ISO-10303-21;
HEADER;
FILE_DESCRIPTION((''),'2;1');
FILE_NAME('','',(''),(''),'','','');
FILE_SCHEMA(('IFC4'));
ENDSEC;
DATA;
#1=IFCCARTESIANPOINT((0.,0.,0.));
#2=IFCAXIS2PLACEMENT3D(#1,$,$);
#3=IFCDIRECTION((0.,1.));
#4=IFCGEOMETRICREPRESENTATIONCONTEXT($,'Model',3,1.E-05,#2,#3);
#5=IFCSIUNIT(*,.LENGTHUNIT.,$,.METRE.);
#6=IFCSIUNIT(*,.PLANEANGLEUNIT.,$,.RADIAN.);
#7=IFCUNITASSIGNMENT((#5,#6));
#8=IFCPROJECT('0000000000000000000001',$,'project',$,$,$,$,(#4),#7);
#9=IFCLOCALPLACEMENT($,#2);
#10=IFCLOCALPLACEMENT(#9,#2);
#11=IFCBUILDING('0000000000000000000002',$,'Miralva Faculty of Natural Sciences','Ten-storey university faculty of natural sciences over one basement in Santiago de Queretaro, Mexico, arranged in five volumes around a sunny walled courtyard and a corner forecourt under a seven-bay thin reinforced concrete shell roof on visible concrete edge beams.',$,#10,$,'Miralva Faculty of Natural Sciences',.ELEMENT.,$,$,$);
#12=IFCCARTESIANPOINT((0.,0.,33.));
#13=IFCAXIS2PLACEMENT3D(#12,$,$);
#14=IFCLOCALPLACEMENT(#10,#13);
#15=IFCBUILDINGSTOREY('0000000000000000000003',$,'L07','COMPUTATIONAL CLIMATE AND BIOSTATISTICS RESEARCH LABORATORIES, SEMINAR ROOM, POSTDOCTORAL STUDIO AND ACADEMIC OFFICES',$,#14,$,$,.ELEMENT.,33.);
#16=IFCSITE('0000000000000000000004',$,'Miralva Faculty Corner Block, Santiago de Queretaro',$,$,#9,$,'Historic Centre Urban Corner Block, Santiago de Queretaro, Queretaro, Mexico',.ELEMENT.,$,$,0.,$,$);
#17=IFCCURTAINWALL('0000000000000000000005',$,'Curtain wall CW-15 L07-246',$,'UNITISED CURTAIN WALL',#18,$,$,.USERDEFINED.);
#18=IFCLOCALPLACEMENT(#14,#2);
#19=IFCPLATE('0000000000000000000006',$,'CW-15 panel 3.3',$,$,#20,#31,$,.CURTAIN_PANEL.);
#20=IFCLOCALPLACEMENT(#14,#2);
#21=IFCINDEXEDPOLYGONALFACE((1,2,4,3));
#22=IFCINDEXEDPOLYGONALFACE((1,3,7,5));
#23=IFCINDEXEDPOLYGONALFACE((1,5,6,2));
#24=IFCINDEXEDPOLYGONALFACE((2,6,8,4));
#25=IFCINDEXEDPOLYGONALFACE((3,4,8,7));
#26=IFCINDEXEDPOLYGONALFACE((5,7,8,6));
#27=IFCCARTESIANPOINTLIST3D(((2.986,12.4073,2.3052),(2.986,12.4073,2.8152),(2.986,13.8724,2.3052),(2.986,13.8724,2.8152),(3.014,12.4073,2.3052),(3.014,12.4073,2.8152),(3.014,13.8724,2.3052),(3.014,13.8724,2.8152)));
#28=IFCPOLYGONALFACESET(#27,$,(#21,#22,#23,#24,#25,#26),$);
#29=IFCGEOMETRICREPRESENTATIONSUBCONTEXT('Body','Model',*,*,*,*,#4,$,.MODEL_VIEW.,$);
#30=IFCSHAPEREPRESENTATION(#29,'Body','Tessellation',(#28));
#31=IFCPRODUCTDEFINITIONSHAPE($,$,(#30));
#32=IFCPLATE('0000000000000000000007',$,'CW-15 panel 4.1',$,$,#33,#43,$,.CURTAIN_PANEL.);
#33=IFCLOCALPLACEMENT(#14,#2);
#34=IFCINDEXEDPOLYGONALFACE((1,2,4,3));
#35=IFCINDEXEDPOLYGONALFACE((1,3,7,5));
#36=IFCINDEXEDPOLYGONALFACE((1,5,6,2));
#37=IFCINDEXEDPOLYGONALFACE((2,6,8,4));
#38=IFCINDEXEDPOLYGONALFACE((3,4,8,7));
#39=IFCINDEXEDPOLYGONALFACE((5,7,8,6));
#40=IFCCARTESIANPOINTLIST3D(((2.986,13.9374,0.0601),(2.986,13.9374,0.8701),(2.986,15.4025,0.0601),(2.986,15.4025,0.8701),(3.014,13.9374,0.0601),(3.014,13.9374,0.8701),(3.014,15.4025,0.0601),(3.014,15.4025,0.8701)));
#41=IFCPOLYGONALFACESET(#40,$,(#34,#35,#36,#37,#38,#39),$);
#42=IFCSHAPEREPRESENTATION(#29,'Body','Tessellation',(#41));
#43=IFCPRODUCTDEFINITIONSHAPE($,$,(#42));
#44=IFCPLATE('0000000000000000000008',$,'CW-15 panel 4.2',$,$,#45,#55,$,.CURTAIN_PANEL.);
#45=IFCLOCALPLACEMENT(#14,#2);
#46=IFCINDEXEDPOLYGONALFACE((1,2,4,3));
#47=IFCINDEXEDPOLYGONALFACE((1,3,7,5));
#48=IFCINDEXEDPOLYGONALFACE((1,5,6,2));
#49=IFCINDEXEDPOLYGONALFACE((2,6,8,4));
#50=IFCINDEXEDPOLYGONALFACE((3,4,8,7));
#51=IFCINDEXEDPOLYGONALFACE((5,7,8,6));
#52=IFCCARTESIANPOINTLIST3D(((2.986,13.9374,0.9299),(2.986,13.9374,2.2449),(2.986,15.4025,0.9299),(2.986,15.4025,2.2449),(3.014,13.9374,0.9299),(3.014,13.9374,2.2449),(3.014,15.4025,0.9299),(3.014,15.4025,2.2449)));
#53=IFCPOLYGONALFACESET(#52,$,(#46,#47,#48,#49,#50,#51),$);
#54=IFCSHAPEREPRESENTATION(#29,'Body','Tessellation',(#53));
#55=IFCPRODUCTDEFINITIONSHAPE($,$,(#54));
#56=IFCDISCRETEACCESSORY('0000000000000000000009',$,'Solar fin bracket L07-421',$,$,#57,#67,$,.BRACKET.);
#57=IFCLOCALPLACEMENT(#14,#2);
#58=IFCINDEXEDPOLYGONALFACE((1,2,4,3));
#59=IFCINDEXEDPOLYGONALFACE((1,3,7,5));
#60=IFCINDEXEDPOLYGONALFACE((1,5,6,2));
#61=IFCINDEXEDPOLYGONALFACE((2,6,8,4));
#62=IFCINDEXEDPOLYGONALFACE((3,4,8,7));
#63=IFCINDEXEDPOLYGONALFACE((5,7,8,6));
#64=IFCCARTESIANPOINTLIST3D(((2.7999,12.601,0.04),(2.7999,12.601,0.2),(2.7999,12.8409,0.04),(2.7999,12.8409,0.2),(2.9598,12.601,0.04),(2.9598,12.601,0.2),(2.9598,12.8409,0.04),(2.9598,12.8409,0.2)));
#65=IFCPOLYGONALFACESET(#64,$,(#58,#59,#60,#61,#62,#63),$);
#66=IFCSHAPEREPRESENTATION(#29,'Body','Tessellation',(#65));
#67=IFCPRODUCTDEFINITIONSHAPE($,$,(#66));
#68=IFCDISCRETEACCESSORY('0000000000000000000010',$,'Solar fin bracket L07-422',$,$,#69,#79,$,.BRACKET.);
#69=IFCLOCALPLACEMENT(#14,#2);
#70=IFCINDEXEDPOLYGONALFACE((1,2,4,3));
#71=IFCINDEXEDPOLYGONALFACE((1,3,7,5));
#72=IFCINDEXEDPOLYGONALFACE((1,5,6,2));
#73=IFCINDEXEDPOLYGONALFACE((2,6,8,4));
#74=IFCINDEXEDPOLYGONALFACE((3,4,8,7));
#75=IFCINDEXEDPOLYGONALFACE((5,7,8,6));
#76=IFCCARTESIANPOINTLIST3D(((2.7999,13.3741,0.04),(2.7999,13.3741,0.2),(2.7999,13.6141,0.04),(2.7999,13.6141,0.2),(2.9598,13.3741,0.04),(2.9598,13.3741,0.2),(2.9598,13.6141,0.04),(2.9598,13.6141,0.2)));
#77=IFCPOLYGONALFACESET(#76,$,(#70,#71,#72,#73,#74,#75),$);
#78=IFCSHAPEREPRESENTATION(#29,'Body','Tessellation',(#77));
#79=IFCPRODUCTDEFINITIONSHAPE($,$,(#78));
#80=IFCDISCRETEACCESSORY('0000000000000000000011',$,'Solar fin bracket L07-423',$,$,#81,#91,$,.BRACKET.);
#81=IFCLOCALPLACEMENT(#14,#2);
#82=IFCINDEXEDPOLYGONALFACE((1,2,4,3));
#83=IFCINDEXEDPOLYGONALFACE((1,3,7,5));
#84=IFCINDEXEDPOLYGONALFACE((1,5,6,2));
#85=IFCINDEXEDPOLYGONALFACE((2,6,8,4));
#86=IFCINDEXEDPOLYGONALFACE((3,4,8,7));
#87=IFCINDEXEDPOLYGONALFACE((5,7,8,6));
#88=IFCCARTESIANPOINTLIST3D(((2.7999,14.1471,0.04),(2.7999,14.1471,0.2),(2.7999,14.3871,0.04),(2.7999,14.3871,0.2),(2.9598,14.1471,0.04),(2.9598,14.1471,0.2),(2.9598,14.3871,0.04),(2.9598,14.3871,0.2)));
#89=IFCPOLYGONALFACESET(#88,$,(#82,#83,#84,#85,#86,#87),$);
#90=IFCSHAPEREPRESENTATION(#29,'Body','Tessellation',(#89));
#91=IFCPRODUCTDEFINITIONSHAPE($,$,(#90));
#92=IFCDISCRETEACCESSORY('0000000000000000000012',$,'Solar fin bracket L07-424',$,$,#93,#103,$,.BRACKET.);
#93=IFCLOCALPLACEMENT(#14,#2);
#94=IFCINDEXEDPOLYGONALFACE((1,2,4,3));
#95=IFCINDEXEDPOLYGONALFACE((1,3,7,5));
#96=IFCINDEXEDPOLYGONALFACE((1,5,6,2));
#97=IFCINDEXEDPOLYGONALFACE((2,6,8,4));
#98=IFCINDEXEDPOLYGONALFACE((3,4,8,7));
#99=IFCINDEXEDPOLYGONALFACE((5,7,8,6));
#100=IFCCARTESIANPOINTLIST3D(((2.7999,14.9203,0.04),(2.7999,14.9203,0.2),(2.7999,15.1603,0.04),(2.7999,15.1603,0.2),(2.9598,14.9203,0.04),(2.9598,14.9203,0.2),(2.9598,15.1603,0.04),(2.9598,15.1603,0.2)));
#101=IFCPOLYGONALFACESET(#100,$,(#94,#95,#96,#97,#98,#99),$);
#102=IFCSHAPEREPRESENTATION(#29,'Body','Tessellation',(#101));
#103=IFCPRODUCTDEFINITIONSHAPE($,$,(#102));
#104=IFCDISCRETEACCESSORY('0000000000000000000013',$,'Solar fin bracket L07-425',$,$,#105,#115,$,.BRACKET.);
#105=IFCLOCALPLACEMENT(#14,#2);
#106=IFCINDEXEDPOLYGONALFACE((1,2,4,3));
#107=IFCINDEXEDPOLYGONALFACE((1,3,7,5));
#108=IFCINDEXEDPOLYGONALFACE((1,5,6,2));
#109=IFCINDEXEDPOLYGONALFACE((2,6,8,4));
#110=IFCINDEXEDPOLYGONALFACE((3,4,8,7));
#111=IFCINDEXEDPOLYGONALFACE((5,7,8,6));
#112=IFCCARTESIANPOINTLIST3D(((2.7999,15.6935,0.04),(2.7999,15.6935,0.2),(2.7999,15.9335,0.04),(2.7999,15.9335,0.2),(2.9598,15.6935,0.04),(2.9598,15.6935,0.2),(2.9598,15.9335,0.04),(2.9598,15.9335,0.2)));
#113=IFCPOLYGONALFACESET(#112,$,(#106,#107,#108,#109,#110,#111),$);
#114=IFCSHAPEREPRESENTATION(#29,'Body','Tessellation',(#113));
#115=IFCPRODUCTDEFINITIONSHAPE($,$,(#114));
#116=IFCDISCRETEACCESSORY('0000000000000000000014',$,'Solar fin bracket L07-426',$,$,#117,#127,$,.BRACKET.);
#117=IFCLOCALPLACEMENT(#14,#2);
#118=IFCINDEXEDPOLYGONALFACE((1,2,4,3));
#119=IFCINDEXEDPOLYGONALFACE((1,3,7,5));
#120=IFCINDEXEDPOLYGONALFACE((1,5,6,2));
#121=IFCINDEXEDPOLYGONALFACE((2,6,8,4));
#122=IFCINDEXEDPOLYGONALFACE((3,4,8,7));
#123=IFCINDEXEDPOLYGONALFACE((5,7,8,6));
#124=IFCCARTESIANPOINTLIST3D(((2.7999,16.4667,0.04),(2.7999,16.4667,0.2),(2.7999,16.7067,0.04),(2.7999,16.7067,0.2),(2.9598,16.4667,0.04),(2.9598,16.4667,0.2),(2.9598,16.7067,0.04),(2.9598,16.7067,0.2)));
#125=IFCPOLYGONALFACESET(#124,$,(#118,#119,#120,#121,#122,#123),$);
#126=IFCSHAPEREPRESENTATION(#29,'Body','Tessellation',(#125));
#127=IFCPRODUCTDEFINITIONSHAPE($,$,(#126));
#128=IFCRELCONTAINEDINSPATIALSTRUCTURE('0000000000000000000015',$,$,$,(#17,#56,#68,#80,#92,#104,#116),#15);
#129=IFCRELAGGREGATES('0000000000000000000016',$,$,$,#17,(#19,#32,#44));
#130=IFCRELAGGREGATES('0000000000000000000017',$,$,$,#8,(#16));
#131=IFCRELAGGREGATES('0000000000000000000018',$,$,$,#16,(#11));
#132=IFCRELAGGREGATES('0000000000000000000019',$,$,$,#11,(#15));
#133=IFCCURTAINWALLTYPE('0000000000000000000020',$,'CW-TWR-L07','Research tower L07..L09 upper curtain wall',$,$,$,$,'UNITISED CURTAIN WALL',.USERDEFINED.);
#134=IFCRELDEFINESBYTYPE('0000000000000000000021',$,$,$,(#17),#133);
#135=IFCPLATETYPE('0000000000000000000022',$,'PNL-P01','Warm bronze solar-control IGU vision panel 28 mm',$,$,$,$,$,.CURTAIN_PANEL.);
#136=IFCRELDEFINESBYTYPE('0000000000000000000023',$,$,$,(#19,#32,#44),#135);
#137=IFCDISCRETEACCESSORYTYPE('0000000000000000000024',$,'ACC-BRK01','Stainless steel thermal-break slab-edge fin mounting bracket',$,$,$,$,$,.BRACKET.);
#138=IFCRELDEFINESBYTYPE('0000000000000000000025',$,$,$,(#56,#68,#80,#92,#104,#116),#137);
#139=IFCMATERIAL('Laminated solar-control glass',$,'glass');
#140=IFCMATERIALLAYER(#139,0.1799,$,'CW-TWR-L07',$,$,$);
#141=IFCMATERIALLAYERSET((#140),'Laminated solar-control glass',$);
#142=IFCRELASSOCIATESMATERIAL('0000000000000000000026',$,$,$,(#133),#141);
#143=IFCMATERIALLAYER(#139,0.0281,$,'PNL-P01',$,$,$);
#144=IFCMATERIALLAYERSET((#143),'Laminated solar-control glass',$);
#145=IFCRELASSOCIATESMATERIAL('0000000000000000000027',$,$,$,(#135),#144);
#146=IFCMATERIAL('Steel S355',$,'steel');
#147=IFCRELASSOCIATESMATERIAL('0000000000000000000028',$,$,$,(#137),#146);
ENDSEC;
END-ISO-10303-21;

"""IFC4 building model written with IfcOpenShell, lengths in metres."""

from ifc_helpers import new_model, si_unit, direction, frame, origin, origin_2d, place, context, subcontext, project, spatial, rectangle, extrude, material, layer, layer_set, type_object, element, aggregate, save


model = new_model("IFC4")

# Units and contexts
model_context = context("Model", 3, precision=1e-05, world=origin(), true_north=direction((0.0, 1.0)))
body_context = subcontext(model_context, "Body", "Model", "MODEL_VIEW")
ifc_project = project(units=[si_unit("LENGTHUNIT", "METRE"), si_unit("PLANEANGLEUNIT", "RADIAN")], contexts=[model_context])

# Site, building, storey
site_placement = place(None, origin())
site = spatial("IfcSite", under=ifc_project, at=site_placement, Name="Miralva Faculty Corner Block, Santiago de Queretaro", LongName="Historic Centre Urban Corner Block, Santiago de Queretaro, Queretaro, Mexico", CompositionType="ELEMENT", RefElevation=0.0)
building_placement = place(site_placement, origin())
building = spatial("IfcBuilding", under=site, at=building_placement, Name="Miralva Faculty of Natural Sciences", Description="Ten-storey university faculty of natural sciences over one basement in Santiago de Queretaro, Mexico, arranged in five volumes around a sunny walled courtyard and a corner forecourt under a seven-bay thin reinforced concrete shell roof on visible concrete edge beams.", LongName="Miralva Faculty of Natural Sciences", CompositionType="ELEMENT")
storey_placement = place(building_placement, frame((0.0, 0.0, 33.0)))
storey = spatial("IfcBuildingStorey", under=building, at=storey_placement, Name="L07", Description="COMPUTATIONAL CLIMATE AND BIOSTATISTICS RESEARCH LABORATORIES, SEMINAR ROOM, POSTDOCTORAL STUDIO AND ACADEMIC OFFICES", CompositionType="ELEMENT", Elevation=33.0)

# Curtain wall
ifc_material_1 = material(Name="Laminated solar-control glass", Category="glass")
ifc_layer_1 = layer(ifc_material_1, 0.1799, Name="CW-TWR-L07")
ifc_layer_set_1 = layer_set([ifc_layer_1], Name="Laminated solar-control glass")
curtain_wall_type = type_object("IfcCurtainWallType", Name="CW-TWR-L07", Description="Research tower L07..L09 upper curtain wall", ElementType="UNITISED CURTAIN WALL", PredefinedType="USERDEFINED", material=ifc_layer_set_1)
curtain_wall_placement = place(storey_placement, origin())
curtain_wall = element("IfcCurtainWall", 1, at=curtain_wall_placement, inside=storey, type_object=curtain_wall_type, Name="Curtain wall CW-15 L07-246", ObjectType="UNITISED CURTAIN WALL", PredefinedType="USERDEFINED")

# Plates
ifc_layer_2 = layer(ifc_material_1, 0.0281, Name="PNL-P01")
ifc_layer_set_2 = layer_set([ifc_layer_2], Name="Laminated solar-control glass")
plate_type = type_object("IfcPlateType", Name="PNL-P01", Description="Warm bronze solar-control IGU vision panel 28 mm", PredefinedType="CURTAIN_PANEL", material=ifc_layer_set_2)
plate_1_placement = place(storey_placement, frame((3.0, 13.1399, 2.3052), z_axis=(0.0, 0.0, 1.0), x_axis=(0.0, 1.0, 0.0)))
plate_1 = element("IfcPlate", 2, at=plate_1_placement, type_object=plate_type, Name="CW-15 panel 3.3", PredefinedType="CURTAIN_PANEL", context=body_context, shape_type="SweptSolid", body=[
    extrude(rectangle(XDim=1.4651, YDim=0.0281, at=origin_2d()), origin(), (0.0, 0.0, 1.0), 0.51),
])
plate_2_placement = place(storey_placement, frame((3.0, 14.6699, 0.0601), z_axis=(0.0, 0.0, 1.0), x_axis=(0.0, 1.0, 0.0)))
plate_2 = element("IfcPlate", 3, at=plate_2_placement, type_object=plate_type, Name="CW-15 panel 4.1", PredefinedType="CURTAIN_PANEL", context=body_context, shape_type="SweptSolid", body=[
    extrude(rectangle(XDim=1.4651, YDim=0.0281, at=origin_2d()), origin(), (0.0, 0.0, 1.0), 0.8101),
])
plate_3_placement = place(storey_placement, frame((3.0, 14.6699, 0.9299), z_axis=(0.0, 0.0, 1.0), x_axis=(0.0, 1.0, 0.0)))
plate_3 = element("IfcPlate", 4, at=plate_3_placement, type_object=plate_type, Name="CW-15 panel 4.2", PredefinedType="CURTAIN_PANEL", context=body_context, shape_type="SweptSolid", body=[
    extrude(rectangle(XDim=1.4651, YDim=0.0281, at=origin_2d()), origin(), (0.0, 0.0, 1.0), 1.3149),
])
aggregate(curtain_wall, [plate_1, plate_2, plate_3])

# Discrete accessories
ifc_material_2 = material(Name="Steel S355", Category="steel")
discrete_accessory_type = type_object("IfcDiscreteAccessoryType", Name="ACC-BRK01", Description="Stainless steel thermal-break slab-edge fin mounting bracket", PredefinedType="BRACKET", material=ifc_material_2)
for number, where, z_axis, x_axis, name in (
    (5, (2.8799, 12.7209, 0.04), (0.0, 0.0, 1.0), (-1.0, 0.0, 0.0), "Solar fin bracket L07-421"),
    (6, (2.8799, 13.4941, 0.04), (0.0, 0.0, 1.0), (-1.0, 0.0, 0.0), "Solar fin bracket L07-422"),
    (7, (2.8799, 14.2671, 0.04), (0.0, 0.0, 1.0), (-1.0, 0.0, 0.0), "Solar fin bracket L07-423"),
    (8, (2.8799, 15.0403, 0.04), (0.0, 0.0, 1.0), (-1.0, 0.0, 0.0), "Solar fin bracket L07-424"),
    (9, (2.8799, 15.8135, 0.04), (0.0, 0.0, 1.0), (-1.0, 0.0, 0.0), "Solar fin bracket L07-425"),
    (10, (2.8799, 16.5867, 0.04), (0.0, 0.0, 1.0), (-1.0, 0.0, 0.0), "Solar fin bracket L07-426"),
):
    element("IfcDiscreteAccessory", number, at=place(storey_placement, frame(where, z_axis=z_axis, x_axis=x_axis)), inside=storey, type_object=discrete_accessory_type, Name=name, PredefinedType="BRACKET", context=body_context, shape_type="SweptSolid", body=[
        extrude(rectangle(XDim=0.1599, YDim=0.24, at=origin_2d()), origin(), (0.0, 0.0, 1.0), 0.1599),
    ])

save(model, "model.ifc")
